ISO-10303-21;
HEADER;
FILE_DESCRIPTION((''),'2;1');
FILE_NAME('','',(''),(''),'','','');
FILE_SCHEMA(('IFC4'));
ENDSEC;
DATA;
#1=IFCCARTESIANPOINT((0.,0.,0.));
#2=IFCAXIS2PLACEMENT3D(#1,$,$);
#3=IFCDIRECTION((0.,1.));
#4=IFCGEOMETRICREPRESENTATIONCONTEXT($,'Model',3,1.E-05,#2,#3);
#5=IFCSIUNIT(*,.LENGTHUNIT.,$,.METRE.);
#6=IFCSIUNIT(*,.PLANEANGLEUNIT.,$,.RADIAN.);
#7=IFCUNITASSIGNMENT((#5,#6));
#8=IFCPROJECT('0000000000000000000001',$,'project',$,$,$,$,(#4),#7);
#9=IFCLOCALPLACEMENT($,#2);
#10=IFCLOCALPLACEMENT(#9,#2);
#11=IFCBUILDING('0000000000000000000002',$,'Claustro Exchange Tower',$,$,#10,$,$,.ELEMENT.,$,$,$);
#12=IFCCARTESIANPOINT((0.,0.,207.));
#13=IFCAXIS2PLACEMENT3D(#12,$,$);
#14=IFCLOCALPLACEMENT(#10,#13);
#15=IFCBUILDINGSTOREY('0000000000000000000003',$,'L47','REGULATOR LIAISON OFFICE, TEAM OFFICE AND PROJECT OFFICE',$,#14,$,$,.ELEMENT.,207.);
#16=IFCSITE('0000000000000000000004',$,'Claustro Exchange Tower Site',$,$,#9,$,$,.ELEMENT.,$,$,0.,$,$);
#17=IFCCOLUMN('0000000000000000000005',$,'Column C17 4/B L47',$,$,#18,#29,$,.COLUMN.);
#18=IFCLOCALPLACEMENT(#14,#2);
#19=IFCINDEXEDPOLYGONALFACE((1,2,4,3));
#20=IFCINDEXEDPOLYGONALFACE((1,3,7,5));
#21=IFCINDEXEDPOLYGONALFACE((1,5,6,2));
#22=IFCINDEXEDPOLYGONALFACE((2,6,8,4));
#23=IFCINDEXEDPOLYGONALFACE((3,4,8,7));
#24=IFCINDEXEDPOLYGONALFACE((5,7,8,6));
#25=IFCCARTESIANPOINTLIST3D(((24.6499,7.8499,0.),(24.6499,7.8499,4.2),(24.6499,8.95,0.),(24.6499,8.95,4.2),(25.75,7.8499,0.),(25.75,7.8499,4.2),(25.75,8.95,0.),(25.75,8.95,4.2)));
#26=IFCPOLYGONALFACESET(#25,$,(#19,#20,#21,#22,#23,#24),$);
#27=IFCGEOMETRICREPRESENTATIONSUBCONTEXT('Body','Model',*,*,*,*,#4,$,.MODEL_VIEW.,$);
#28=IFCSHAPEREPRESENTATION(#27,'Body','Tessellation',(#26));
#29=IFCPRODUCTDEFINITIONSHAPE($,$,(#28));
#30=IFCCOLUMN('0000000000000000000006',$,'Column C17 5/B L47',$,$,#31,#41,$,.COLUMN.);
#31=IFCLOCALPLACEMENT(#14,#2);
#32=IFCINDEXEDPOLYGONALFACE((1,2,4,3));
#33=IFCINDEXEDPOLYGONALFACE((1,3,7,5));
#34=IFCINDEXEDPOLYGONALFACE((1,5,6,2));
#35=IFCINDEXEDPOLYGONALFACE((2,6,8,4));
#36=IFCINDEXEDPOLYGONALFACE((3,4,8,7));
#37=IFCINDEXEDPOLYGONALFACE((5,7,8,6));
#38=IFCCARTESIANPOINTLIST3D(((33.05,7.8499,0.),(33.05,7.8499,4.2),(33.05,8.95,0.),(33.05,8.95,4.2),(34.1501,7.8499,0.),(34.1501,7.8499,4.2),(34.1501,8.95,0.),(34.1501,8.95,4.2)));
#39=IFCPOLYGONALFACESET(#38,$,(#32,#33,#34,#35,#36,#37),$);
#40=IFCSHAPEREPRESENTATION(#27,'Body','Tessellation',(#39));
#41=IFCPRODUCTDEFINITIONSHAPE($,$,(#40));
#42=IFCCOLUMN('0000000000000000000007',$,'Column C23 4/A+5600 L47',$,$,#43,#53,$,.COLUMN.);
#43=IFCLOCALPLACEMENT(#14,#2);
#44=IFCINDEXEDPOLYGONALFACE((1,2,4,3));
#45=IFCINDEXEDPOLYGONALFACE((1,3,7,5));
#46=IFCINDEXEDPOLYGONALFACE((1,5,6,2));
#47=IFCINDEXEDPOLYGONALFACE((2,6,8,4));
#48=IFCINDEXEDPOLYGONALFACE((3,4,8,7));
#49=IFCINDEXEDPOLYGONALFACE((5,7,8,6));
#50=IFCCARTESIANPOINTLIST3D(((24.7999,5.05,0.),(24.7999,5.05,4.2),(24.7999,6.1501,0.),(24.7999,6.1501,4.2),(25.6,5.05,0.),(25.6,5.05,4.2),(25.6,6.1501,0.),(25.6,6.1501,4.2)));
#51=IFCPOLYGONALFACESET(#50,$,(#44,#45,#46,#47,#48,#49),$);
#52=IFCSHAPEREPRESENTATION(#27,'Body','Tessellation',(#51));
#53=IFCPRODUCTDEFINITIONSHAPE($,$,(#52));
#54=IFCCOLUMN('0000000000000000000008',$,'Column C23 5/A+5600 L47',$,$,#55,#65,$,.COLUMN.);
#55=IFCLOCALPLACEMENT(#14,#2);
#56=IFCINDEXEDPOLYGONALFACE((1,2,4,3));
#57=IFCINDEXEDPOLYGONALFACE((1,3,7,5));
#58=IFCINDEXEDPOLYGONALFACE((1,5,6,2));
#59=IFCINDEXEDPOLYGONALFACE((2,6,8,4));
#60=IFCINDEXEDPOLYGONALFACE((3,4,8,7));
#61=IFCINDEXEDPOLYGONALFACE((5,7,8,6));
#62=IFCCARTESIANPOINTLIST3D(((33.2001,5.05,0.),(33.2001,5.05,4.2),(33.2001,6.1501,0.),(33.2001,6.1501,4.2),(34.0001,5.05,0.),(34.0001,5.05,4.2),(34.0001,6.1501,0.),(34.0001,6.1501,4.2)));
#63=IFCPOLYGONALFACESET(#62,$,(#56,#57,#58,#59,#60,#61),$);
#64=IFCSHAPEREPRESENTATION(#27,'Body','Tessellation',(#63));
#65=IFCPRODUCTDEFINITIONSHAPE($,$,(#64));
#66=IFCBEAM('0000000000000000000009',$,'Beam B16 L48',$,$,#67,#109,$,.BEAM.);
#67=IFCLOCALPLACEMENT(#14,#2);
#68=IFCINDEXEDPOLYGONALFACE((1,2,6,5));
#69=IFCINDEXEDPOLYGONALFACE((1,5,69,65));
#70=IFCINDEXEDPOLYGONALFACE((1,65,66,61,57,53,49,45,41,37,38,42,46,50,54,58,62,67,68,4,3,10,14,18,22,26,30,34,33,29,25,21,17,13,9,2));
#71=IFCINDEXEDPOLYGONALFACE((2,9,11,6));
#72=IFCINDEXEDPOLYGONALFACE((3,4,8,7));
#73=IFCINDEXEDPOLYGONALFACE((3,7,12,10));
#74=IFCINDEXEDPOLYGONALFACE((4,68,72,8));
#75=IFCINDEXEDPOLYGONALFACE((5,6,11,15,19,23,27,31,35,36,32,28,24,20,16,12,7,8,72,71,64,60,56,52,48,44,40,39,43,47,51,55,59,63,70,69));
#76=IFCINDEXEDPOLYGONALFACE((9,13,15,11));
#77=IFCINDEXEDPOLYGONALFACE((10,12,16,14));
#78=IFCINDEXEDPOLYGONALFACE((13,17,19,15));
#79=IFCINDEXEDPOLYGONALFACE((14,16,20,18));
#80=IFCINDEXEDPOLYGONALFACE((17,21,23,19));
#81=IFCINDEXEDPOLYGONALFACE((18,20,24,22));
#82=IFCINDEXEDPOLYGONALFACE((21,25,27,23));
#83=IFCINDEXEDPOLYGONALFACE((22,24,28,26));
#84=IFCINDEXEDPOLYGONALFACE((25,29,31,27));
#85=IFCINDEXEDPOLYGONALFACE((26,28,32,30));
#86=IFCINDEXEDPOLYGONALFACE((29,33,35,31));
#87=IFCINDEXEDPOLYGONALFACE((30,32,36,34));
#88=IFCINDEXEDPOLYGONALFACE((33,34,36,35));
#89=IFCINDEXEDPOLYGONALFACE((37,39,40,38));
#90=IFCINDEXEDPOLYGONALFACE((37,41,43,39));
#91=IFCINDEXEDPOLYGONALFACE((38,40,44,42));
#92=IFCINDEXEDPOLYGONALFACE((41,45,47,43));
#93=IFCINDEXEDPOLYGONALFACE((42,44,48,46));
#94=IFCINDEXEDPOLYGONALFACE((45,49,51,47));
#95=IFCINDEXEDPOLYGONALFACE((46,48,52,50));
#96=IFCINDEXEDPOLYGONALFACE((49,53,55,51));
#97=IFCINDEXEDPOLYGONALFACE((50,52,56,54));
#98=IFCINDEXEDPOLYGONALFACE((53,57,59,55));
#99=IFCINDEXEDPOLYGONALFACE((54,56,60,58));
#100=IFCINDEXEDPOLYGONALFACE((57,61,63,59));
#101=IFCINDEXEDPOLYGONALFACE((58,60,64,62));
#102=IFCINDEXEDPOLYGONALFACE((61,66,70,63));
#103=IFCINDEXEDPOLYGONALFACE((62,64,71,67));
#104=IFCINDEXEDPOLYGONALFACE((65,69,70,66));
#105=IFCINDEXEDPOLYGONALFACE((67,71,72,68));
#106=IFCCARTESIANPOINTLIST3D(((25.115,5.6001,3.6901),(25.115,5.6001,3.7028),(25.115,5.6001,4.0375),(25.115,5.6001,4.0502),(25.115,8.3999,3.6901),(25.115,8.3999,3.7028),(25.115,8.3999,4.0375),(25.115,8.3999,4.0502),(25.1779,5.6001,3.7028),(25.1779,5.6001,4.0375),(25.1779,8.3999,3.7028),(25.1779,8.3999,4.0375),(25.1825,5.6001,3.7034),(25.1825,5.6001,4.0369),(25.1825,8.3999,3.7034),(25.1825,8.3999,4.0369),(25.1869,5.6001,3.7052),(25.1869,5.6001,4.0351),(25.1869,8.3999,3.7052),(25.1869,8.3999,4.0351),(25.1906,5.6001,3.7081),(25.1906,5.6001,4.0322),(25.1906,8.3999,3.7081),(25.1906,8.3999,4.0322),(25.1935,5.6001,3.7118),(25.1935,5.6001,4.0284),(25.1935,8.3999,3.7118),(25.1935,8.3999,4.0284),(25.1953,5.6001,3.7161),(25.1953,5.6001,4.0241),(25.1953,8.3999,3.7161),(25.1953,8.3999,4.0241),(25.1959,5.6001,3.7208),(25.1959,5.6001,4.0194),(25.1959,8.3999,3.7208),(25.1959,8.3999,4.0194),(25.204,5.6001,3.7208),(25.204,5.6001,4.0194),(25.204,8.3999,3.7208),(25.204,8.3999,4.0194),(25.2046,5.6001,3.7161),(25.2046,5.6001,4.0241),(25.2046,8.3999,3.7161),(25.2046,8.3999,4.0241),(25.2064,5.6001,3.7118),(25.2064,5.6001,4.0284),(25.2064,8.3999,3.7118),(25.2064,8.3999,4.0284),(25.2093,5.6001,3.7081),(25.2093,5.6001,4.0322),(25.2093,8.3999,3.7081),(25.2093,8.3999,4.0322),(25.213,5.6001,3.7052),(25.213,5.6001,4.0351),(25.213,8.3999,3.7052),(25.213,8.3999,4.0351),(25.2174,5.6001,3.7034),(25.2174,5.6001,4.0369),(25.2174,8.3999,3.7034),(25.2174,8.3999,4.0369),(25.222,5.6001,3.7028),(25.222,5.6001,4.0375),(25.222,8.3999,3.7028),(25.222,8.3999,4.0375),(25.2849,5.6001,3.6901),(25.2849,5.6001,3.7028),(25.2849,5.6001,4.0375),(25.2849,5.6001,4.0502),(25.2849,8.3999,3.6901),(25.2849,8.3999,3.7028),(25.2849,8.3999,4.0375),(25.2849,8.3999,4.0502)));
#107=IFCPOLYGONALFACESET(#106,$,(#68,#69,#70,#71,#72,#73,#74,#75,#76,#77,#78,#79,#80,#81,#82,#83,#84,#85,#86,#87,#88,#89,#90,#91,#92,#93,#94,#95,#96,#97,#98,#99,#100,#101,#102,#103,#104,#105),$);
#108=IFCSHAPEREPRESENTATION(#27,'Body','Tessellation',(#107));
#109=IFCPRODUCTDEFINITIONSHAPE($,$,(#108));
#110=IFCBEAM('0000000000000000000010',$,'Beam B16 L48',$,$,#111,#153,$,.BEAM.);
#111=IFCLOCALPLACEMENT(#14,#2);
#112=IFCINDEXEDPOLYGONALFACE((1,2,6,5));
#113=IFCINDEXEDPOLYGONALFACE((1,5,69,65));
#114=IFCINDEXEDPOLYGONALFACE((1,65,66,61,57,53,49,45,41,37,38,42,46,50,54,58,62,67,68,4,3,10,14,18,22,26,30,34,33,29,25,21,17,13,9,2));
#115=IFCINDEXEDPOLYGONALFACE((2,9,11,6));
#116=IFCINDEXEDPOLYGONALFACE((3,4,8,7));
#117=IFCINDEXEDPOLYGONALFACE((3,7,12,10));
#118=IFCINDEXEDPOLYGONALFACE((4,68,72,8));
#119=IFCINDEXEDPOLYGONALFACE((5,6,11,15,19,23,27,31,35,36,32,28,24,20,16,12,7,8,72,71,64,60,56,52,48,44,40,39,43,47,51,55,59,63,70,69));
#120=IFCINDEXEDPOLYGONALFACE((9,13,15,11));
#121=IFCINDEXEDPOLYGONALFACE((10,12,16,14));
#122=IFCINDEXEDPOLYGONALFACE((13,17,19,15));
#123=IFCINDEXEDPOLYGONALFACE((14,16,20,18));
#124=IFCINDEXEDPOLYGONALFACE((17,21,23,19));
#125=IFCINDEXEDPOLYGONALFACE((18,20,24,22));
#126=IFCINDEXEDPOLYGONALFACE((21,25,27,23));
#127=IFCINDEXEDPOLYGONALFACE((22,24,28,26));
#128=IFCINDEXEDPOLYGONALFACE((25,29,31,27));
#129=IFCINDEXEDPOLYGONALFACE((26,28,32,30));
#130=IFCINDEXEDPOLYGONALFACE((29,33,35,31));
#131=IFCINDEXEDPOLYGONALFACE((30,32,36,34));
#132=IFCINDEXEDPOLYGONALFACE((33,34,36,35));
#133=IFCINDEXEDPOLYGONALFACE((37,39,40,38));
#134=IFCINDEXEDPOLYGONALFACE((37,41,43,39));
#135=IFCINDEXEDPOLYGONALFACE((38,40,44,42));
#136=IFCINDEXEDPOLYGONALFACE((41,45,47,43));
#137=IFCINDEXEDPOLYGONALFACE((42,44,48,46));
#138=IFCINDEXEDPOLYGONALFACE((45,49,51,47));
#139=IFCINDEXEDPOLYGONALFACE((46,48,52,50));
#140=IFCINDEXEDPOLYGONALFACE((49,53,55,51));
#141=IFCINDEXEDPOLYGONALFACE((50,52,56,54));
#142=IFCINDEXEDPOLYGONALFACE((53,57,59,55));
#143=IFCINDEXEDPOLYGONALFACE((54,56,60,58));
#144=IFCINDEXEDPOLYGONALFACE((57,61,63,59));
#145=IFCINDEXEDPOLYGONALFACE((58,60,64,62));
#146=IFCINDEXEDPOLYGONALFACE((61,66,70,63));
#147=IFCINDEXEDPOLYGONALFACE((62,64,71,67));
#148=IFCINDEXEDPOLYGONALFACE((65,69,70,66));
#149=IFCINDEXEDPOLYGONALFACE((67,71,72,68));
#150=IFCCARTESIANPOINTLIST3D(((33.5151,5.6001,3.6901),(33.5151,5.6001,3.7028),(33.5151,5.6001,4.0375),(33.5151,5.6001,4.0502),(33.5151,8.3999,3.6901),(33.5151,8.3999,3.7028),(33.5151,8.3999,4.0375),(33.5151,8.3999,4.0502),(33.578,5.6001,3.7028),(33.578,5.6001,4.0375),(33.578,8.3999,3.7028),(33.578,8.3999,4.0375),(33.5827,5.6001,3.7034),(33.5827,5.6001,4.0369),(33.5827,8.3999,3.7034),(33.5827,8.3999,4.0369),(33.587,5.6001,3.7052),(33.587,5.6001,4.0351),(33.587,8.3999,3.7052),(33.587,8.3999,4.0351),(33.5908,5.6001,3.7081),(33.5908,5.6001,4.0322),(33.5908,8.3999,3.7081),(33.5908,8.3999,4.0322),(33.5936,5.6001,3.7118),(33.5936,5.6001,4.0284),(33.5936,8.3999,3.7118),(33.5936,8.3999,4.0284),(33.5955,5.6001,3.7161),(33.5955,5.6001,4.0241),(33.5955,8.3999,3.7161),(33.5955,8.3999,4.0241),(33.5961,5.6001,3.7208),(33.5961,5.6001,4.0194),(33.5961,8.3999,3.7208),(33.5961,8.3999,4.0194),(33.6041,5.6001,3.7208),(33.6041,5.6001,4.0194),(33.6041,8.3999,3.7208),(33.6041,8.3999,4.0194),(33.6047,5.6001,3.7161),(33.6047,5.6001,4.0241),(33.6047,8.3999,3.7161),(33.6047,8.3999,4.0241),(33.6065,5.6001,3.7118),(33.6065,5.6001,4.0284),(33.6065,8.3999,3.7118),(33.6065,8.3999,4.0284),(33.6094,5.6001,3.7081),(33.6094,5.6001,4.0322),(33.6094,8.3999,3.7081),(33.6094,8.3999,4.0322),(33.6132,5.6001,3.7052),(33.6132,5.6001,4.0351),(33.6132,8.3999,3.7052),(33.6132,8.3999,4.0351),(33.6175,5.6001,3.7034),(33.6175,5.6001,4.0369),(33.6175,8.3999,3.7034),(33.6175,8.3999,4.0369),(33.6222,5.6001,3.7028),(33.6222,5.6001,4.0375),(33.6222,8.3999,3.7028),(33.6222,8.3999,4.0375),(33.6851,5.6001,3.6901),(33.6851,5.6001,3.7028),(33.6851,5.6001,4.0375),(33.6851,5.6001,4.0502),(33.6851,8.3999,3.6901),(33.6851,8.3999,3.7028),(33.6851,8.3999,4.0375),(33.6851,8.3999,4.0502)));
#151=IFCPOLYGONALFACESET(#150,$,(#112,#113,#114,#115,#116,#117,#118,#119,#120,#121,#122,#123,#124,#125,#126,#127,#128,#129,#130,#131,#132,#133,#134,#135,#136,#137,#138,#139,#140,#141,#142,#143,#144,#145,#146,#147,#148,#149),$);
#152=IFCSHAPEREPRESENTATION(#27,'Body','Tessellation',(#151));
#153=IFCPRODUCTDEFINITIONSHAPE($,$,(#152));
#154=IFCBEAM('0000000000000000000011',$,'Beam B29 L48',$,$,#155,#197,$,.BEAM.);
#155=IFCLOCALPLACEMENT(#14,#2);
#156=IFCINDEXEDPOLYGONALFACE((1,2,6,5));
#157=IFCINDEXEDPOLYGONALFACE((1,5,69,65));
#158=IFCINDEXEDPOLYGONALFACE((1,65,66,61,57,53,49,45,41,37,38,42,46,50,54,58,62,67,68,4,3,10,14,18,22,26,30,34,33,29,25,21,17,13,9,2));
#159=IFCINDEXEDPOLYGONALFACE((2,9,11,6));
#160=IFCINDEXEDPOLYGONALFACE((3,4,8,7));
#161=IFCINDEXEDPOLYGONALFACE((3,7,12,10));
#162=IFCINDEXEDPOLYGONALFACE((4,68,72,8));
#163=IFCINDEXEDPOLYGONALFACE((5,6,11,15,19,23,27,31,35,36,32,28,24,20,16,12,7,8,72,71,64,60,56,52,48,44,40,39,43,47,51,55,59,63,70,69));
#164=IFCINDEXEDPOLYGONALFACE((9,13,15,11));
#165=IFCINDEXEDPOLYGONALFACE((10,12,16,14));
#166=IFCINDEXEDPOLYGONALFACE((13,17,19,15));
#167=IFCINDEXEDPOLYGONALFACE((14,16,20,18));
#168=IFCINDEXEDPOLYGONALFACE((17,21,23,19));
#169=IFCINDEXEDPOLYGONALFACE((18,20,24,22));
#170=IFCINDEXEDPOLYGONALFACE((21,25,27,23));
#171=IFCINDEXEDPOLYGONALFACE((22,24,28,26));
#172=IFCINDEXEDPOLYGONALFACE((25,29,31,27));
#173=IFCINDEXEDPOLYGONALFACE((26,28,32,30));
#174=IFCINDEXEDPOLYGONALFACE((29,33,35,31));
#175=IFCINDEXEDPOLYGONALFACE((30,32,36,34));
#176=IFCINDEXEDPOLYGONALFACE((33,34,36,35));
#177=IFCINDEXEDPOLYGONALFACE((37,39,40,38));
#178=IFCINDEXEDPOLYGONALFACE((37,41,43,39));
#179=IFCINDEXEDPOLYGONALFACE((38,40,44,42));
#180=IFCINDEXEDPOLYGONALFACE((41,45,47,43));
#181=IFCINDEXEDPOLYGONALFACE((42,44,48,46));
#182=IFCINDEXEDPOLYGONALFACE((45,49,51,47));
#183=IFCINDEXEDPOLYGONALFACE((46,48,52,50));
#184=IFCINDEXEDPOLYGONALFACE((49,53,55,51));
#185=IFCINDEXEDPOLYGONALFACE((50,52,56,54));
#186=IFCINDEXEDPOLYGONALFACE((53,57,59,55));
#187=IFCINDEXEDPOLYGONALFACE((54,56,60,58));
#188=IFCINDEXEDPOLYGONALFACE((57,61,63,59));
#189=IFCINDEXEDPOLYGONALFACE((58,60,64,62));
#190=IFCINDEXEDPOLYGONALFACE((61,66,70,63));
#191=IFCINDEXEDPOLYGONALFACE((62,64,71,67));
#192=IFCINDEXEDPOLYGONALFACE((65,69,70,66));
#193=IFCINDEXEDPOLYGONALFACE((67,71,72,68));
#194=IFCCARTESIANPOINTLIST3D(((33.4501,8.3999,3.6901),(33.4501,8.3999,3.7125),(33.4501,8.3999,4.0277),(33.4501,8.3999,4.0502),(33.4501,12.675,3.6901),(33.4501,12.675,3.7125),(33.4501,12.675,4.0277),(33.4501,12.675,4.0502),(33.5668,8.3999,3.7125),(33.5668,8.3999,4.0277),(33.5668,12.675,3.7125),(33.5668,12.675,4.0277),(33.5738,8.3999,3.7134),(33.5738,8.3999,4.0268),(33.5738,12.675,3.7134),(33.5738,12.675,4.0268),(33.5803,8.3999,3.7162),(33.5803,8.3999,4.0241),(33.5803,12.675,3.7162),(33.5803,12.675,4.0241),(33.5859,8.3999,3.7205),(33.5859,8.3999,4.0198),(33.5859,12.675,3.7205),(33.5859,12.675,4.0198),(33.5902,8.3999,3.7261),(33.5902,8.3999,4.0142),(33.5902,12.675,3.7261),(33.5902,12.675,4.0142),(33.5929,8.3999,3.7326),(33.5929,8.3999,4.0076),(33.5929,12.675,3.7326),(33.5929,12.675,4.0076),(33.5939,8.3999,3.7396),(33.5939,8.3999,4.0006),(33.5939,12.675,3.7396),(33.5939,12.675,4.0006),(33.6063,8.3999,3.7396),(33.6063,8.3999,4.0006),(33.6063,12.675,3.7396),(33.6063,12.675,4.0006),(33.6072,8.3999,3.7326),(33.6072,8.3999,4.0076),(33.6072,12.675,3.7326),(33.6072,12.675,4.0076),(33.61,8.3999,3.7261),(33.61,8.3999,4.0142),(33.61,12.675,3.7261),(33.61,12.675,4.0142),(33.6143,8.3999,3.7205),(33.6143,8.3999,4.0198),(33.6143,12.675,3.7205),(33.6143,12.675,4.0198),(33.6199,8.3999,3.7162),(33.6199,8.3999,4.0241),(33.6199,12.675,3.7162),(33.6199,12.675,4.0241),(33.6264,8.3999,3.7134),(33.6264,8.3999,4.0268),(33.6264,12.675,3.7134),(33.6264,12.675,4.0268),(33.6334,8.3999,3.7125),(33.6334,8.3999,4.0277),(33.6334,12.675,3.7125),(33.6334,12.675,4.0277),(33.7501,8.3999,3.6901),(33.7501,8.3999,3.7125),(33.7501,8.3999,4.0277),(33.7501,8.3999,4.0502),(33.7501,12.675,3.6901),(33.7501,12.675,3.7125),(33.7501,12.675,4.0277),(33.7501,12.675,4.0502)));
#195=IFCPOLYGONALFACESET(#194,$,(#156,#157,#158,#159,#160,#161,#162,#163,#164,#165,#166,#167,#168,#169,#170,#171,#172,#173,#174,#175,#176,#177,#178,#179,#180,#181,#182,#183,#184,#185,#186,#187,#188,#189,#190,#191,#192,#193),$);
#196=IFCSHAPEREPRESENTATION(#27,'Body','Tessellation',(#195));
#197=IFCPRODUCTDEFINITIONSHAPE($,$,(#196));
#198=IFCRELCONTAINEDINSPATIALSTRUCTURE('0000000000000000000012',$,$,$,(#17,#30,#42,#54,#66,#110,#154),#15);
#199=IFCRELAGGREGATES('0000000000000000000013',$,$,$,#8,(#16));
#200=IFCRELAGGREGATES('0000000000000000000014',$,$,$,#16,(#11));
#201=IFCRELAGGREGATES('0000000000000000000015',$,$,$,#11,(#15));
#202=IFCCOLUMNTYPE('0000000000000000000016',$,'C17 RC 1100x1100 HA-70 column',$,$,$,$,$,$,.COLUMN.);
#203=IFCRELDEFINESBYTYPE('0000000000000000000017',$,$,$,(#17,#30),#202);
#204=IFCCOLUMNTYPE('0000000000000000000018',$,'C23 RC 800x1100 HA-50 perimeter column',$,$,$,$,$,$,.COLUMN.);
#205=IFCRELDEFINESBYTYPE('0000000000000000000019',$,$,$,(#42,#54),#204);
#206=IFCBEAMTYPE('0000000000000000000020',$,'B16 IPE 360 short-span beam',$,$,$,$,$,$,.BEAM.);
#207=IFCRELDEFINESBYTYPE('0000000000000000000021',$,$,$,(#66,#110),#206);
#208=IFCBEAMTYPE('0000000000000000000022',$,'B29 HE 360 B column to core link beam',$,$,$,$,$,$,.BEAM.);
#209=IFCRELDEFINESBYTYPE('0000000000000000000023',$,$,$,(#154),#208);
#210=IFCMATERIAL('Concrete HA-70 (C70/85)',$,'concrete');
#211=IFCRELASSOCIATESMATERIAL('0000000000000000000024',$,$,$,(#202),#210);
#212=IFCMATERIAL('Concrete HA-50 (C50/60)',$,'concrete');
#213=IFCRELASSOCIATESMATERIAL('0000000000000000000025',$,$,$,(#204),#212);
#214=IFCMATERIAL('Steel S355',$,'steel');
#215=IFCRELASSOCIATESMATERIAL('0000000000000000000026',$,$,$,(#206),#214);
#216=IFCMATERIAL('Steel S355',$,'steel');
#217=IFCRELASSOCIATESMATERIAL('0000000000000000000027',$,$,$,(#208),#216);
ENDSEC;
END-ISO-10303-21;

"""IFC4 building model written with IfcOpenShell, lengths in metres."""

from ifc_helpers import new_model, si_unit, direction, frame, origin, origin_2d, place, context, subcontext, project, spatial, rectangle, i_section, extrude, material, material_profile, profile_set, type_object, element, save


model = new_model("IFC4")

# Units and contexts
model_context = context("Model", 3, precision=1e-05, world=origin(), true_north=direction((0.0, 1.0)))
body_context = subcontext(model_context, "Body", "Model", "MODEL_VIEW")
ifc_project = project(units=[si_unit("LENGTHUNIT", "METRE"), si_unit("PLANEANGLEUNIT", "RADIAN")], contexts=[model_context])

# Site, building, storey
site_placement = place(None, origin())
site = spatial("IfcSite", under=ifc_project, at=site_placement, Name="Claustro Exchange Tower Site", CompositionType="ELEMENT", RefElevation=0.0)
building_placement = place(site_placement, origin())
building = spatial("IfcBuilding", under=site, at=building_placement, Name="Claustro Exchange Tower", CompositionType="ELEMENT")
storey_placement = place(building_placement, frame((0.0, 0.0, 207.0)))
storey = spatial("IfcBuildingStorey", under=building, at=storey_placement, Name="L47", Description="REGULATOR LIAISON OFFICE, TEAM OFFICE AND PROJECT OFFICE", CompositionType="ELEMENT", Elevation=207.0)

# Columns
ifc_material_1 = material(Name="Concrete HA-70 (C70/85)", Category="concrete")
ifc_material_profile_1 = material_profile(ifc_material_1, rectangle(XDim=1.1001, YDim=1.1001, at=origin_2d()), Name="RC 1100x1100")
ifc_profile_set_1 = profile_set([ifc_material_profile_1], Name="Concrete HA-70 (C70/85)")
column_type_1 = type_object("IfcColumnType", Name="C17 RC 1100x1100 HA-70 column", PredefinedType="COLUMN", material=ifc_profile_set_1)
for number, where, z_axis, x_axis, name in (
    (1, (25.2, 8.3999, 0.0), (0.0, 0.0, 1.0), (1.0, 0.0, 0.0), "Column C17 4/B L47"),
    (2, (33.6001, 8.3999, 0.0), (0.0, 0.0, 1.0), (1.0, 0.0, 0.0), "Column C17 5/B L47"),
):
    element("IfcColumn", number, at=place(storey_placement, frame(where, z_axis=z_axis, x_axis=x_axis)), inside=storey, type_object=column_type_1, Name=name, PredefinedType="COLUMN", context=body_context, shape_type="SweptSolid", body=[
        extrude(rectangle(XDim=1.1001, YDim=1.1001, at=origin_2d()), origin(), (0.0, 0.0, 1.0), 4.2),
    ])
ifc_material_2 = material(Name="Concrete HA-50 (C50/60)", Category="concrete")
ifc_material_profile_2 = material_profile(ifc_material_2, rectangle(XDim=0.8, YDim=1.1001, at=origin_2d()), Name="RC 800x1100")
ifc_profile_set_2 = profile_set([ifc_material_profile_2], Name="Concrete HA-50 (C50/60)")
column_type_2 = type_object("IfcColumnType", Name="C23 RC 800x1100 HA-50 perimeter column", PredefinedType="COLUMN", material=ifc_profile_set_2)
for number, where, z_axis, x_axis, name in (
    (3, (25.2, 5.6001, 0.0), (0.0, 0.0, 1.0), (1.0, 0.0, 0.0), "Column C23 4/A+5600 L47"),
    (4, (33.6001, 5.6001, 0.0), (0.0, 0.0, 1.0), (1.0, 0.0, 0.0), "Column C23 5/A+5600 L47"),
):
    element("IfcColumn", number, at=place(storey_placement, frame(where, z_axis=z_axis, x_axis=x_axis)), inside=storey, type_object=column_type_2, Name=name, PredefinedType="COLUMN", context=body_context, shape_type="SweptSolid", body=[
        extrude(rectangle(XDim=0.8, YDim=1.1001, at=origin_2d()), origin(), (0.0, 0.0, 1.0), 4.2),
    ])

# Beams
ifc_material_3 = material(Name="Steel S355", Category="steel")
ifc_material_profile_3 = material_profile(ifc_material_3, i_section(OverallWidth=0.1699, OverallDepth=0.3601, WebThickness=0.0081, FlangeThickness=0.0127, FilletRadius=0.0181, at=origin_2d()), Name="IPE 360")
ifc_profile_set_3 = profile_set([ifc_material_profile_3], Name="Steel S355")
beam_type_1 = type_object("IfcBeamType", Name="B16 IPE 360 short-span beam", PredefinedType="BEAM", material=ifc_profile_set_3)
for number, where, z_axis, x_axis, name in (
    (5, (25.2, 5.6001, 3.8701), (0.0, 1.0, 0.0), (-1.0, 0.0, 0.0), "Beam B16 L48"),
    (6, (33.6001, 5.6001, 3.8701), (0.0, 1.0, 0.0), (-1.0, 0.0, 0.0), "Beam B16 L48"),
):
    element("IfcBeam", number, at=place(storey_placement, frame(where, z_axis=z_axis, x_axis=x_axis)), inside=storey, type_object=beam_type_1, Name=name, PredefinedType="BEAM", context=body_context, shape_type="SweptSolid", body=[
        extrude(i_section(OverallWidth=0.1699, OverallDepth=0.3601, WebThickness=0.0081, FlangeThickness=0.0127, FilletRadius=0.0181, at=origin_2d()), origin(), (0.0, 0.0, 1.0), 2.7998),
    ])
ifc_material_4 = material(Name="Steel S355", Category="steel")
ifc_material_profile_4 = material_profile(ifc_material_4, i_section(OverallWidth=0.3, OverallDepth=0.3601, WebThickness=0.0125, FlangeThickness=0.0225, FilletRadius=0.0271, at=origin_2d()), Name="HE 360 B")
ifc_profile_set_4 = profile_set([ifc_material_profile_4], Name="Steel S355")
beam_type_2 = type_object("IfcBeamType", Name="B29 HE 360 B column to core link beam", PredefinedType="BEAM", material=ifc_profile_set_4)
beam_1_placement = place(storey_placement, frame((33.6001, 8.3999, 3.8701), z_axis=(0.0, 1.0, 0.0), x_axis=(-1.0, 0.0, 0.0)))
element("IfcBeam", 7, at=beam_1_placement, inside=storey, type_object=beam_type_2, Name="Beam B29 L48", PredefinedType="BEAM", context=body_context, shape_type="SweptSolid", body=[
    extrude(i_section(OverallWidth=0.3, OverallDepth=0.3601, WebThickness=0.0125, FlangeThickness=0.0225, FilletRadius=0.0271, at=origin_2d()), origin(), (0.0, 0.0, 1.0), 4.2751),
])

save(model, "model.ifc")
